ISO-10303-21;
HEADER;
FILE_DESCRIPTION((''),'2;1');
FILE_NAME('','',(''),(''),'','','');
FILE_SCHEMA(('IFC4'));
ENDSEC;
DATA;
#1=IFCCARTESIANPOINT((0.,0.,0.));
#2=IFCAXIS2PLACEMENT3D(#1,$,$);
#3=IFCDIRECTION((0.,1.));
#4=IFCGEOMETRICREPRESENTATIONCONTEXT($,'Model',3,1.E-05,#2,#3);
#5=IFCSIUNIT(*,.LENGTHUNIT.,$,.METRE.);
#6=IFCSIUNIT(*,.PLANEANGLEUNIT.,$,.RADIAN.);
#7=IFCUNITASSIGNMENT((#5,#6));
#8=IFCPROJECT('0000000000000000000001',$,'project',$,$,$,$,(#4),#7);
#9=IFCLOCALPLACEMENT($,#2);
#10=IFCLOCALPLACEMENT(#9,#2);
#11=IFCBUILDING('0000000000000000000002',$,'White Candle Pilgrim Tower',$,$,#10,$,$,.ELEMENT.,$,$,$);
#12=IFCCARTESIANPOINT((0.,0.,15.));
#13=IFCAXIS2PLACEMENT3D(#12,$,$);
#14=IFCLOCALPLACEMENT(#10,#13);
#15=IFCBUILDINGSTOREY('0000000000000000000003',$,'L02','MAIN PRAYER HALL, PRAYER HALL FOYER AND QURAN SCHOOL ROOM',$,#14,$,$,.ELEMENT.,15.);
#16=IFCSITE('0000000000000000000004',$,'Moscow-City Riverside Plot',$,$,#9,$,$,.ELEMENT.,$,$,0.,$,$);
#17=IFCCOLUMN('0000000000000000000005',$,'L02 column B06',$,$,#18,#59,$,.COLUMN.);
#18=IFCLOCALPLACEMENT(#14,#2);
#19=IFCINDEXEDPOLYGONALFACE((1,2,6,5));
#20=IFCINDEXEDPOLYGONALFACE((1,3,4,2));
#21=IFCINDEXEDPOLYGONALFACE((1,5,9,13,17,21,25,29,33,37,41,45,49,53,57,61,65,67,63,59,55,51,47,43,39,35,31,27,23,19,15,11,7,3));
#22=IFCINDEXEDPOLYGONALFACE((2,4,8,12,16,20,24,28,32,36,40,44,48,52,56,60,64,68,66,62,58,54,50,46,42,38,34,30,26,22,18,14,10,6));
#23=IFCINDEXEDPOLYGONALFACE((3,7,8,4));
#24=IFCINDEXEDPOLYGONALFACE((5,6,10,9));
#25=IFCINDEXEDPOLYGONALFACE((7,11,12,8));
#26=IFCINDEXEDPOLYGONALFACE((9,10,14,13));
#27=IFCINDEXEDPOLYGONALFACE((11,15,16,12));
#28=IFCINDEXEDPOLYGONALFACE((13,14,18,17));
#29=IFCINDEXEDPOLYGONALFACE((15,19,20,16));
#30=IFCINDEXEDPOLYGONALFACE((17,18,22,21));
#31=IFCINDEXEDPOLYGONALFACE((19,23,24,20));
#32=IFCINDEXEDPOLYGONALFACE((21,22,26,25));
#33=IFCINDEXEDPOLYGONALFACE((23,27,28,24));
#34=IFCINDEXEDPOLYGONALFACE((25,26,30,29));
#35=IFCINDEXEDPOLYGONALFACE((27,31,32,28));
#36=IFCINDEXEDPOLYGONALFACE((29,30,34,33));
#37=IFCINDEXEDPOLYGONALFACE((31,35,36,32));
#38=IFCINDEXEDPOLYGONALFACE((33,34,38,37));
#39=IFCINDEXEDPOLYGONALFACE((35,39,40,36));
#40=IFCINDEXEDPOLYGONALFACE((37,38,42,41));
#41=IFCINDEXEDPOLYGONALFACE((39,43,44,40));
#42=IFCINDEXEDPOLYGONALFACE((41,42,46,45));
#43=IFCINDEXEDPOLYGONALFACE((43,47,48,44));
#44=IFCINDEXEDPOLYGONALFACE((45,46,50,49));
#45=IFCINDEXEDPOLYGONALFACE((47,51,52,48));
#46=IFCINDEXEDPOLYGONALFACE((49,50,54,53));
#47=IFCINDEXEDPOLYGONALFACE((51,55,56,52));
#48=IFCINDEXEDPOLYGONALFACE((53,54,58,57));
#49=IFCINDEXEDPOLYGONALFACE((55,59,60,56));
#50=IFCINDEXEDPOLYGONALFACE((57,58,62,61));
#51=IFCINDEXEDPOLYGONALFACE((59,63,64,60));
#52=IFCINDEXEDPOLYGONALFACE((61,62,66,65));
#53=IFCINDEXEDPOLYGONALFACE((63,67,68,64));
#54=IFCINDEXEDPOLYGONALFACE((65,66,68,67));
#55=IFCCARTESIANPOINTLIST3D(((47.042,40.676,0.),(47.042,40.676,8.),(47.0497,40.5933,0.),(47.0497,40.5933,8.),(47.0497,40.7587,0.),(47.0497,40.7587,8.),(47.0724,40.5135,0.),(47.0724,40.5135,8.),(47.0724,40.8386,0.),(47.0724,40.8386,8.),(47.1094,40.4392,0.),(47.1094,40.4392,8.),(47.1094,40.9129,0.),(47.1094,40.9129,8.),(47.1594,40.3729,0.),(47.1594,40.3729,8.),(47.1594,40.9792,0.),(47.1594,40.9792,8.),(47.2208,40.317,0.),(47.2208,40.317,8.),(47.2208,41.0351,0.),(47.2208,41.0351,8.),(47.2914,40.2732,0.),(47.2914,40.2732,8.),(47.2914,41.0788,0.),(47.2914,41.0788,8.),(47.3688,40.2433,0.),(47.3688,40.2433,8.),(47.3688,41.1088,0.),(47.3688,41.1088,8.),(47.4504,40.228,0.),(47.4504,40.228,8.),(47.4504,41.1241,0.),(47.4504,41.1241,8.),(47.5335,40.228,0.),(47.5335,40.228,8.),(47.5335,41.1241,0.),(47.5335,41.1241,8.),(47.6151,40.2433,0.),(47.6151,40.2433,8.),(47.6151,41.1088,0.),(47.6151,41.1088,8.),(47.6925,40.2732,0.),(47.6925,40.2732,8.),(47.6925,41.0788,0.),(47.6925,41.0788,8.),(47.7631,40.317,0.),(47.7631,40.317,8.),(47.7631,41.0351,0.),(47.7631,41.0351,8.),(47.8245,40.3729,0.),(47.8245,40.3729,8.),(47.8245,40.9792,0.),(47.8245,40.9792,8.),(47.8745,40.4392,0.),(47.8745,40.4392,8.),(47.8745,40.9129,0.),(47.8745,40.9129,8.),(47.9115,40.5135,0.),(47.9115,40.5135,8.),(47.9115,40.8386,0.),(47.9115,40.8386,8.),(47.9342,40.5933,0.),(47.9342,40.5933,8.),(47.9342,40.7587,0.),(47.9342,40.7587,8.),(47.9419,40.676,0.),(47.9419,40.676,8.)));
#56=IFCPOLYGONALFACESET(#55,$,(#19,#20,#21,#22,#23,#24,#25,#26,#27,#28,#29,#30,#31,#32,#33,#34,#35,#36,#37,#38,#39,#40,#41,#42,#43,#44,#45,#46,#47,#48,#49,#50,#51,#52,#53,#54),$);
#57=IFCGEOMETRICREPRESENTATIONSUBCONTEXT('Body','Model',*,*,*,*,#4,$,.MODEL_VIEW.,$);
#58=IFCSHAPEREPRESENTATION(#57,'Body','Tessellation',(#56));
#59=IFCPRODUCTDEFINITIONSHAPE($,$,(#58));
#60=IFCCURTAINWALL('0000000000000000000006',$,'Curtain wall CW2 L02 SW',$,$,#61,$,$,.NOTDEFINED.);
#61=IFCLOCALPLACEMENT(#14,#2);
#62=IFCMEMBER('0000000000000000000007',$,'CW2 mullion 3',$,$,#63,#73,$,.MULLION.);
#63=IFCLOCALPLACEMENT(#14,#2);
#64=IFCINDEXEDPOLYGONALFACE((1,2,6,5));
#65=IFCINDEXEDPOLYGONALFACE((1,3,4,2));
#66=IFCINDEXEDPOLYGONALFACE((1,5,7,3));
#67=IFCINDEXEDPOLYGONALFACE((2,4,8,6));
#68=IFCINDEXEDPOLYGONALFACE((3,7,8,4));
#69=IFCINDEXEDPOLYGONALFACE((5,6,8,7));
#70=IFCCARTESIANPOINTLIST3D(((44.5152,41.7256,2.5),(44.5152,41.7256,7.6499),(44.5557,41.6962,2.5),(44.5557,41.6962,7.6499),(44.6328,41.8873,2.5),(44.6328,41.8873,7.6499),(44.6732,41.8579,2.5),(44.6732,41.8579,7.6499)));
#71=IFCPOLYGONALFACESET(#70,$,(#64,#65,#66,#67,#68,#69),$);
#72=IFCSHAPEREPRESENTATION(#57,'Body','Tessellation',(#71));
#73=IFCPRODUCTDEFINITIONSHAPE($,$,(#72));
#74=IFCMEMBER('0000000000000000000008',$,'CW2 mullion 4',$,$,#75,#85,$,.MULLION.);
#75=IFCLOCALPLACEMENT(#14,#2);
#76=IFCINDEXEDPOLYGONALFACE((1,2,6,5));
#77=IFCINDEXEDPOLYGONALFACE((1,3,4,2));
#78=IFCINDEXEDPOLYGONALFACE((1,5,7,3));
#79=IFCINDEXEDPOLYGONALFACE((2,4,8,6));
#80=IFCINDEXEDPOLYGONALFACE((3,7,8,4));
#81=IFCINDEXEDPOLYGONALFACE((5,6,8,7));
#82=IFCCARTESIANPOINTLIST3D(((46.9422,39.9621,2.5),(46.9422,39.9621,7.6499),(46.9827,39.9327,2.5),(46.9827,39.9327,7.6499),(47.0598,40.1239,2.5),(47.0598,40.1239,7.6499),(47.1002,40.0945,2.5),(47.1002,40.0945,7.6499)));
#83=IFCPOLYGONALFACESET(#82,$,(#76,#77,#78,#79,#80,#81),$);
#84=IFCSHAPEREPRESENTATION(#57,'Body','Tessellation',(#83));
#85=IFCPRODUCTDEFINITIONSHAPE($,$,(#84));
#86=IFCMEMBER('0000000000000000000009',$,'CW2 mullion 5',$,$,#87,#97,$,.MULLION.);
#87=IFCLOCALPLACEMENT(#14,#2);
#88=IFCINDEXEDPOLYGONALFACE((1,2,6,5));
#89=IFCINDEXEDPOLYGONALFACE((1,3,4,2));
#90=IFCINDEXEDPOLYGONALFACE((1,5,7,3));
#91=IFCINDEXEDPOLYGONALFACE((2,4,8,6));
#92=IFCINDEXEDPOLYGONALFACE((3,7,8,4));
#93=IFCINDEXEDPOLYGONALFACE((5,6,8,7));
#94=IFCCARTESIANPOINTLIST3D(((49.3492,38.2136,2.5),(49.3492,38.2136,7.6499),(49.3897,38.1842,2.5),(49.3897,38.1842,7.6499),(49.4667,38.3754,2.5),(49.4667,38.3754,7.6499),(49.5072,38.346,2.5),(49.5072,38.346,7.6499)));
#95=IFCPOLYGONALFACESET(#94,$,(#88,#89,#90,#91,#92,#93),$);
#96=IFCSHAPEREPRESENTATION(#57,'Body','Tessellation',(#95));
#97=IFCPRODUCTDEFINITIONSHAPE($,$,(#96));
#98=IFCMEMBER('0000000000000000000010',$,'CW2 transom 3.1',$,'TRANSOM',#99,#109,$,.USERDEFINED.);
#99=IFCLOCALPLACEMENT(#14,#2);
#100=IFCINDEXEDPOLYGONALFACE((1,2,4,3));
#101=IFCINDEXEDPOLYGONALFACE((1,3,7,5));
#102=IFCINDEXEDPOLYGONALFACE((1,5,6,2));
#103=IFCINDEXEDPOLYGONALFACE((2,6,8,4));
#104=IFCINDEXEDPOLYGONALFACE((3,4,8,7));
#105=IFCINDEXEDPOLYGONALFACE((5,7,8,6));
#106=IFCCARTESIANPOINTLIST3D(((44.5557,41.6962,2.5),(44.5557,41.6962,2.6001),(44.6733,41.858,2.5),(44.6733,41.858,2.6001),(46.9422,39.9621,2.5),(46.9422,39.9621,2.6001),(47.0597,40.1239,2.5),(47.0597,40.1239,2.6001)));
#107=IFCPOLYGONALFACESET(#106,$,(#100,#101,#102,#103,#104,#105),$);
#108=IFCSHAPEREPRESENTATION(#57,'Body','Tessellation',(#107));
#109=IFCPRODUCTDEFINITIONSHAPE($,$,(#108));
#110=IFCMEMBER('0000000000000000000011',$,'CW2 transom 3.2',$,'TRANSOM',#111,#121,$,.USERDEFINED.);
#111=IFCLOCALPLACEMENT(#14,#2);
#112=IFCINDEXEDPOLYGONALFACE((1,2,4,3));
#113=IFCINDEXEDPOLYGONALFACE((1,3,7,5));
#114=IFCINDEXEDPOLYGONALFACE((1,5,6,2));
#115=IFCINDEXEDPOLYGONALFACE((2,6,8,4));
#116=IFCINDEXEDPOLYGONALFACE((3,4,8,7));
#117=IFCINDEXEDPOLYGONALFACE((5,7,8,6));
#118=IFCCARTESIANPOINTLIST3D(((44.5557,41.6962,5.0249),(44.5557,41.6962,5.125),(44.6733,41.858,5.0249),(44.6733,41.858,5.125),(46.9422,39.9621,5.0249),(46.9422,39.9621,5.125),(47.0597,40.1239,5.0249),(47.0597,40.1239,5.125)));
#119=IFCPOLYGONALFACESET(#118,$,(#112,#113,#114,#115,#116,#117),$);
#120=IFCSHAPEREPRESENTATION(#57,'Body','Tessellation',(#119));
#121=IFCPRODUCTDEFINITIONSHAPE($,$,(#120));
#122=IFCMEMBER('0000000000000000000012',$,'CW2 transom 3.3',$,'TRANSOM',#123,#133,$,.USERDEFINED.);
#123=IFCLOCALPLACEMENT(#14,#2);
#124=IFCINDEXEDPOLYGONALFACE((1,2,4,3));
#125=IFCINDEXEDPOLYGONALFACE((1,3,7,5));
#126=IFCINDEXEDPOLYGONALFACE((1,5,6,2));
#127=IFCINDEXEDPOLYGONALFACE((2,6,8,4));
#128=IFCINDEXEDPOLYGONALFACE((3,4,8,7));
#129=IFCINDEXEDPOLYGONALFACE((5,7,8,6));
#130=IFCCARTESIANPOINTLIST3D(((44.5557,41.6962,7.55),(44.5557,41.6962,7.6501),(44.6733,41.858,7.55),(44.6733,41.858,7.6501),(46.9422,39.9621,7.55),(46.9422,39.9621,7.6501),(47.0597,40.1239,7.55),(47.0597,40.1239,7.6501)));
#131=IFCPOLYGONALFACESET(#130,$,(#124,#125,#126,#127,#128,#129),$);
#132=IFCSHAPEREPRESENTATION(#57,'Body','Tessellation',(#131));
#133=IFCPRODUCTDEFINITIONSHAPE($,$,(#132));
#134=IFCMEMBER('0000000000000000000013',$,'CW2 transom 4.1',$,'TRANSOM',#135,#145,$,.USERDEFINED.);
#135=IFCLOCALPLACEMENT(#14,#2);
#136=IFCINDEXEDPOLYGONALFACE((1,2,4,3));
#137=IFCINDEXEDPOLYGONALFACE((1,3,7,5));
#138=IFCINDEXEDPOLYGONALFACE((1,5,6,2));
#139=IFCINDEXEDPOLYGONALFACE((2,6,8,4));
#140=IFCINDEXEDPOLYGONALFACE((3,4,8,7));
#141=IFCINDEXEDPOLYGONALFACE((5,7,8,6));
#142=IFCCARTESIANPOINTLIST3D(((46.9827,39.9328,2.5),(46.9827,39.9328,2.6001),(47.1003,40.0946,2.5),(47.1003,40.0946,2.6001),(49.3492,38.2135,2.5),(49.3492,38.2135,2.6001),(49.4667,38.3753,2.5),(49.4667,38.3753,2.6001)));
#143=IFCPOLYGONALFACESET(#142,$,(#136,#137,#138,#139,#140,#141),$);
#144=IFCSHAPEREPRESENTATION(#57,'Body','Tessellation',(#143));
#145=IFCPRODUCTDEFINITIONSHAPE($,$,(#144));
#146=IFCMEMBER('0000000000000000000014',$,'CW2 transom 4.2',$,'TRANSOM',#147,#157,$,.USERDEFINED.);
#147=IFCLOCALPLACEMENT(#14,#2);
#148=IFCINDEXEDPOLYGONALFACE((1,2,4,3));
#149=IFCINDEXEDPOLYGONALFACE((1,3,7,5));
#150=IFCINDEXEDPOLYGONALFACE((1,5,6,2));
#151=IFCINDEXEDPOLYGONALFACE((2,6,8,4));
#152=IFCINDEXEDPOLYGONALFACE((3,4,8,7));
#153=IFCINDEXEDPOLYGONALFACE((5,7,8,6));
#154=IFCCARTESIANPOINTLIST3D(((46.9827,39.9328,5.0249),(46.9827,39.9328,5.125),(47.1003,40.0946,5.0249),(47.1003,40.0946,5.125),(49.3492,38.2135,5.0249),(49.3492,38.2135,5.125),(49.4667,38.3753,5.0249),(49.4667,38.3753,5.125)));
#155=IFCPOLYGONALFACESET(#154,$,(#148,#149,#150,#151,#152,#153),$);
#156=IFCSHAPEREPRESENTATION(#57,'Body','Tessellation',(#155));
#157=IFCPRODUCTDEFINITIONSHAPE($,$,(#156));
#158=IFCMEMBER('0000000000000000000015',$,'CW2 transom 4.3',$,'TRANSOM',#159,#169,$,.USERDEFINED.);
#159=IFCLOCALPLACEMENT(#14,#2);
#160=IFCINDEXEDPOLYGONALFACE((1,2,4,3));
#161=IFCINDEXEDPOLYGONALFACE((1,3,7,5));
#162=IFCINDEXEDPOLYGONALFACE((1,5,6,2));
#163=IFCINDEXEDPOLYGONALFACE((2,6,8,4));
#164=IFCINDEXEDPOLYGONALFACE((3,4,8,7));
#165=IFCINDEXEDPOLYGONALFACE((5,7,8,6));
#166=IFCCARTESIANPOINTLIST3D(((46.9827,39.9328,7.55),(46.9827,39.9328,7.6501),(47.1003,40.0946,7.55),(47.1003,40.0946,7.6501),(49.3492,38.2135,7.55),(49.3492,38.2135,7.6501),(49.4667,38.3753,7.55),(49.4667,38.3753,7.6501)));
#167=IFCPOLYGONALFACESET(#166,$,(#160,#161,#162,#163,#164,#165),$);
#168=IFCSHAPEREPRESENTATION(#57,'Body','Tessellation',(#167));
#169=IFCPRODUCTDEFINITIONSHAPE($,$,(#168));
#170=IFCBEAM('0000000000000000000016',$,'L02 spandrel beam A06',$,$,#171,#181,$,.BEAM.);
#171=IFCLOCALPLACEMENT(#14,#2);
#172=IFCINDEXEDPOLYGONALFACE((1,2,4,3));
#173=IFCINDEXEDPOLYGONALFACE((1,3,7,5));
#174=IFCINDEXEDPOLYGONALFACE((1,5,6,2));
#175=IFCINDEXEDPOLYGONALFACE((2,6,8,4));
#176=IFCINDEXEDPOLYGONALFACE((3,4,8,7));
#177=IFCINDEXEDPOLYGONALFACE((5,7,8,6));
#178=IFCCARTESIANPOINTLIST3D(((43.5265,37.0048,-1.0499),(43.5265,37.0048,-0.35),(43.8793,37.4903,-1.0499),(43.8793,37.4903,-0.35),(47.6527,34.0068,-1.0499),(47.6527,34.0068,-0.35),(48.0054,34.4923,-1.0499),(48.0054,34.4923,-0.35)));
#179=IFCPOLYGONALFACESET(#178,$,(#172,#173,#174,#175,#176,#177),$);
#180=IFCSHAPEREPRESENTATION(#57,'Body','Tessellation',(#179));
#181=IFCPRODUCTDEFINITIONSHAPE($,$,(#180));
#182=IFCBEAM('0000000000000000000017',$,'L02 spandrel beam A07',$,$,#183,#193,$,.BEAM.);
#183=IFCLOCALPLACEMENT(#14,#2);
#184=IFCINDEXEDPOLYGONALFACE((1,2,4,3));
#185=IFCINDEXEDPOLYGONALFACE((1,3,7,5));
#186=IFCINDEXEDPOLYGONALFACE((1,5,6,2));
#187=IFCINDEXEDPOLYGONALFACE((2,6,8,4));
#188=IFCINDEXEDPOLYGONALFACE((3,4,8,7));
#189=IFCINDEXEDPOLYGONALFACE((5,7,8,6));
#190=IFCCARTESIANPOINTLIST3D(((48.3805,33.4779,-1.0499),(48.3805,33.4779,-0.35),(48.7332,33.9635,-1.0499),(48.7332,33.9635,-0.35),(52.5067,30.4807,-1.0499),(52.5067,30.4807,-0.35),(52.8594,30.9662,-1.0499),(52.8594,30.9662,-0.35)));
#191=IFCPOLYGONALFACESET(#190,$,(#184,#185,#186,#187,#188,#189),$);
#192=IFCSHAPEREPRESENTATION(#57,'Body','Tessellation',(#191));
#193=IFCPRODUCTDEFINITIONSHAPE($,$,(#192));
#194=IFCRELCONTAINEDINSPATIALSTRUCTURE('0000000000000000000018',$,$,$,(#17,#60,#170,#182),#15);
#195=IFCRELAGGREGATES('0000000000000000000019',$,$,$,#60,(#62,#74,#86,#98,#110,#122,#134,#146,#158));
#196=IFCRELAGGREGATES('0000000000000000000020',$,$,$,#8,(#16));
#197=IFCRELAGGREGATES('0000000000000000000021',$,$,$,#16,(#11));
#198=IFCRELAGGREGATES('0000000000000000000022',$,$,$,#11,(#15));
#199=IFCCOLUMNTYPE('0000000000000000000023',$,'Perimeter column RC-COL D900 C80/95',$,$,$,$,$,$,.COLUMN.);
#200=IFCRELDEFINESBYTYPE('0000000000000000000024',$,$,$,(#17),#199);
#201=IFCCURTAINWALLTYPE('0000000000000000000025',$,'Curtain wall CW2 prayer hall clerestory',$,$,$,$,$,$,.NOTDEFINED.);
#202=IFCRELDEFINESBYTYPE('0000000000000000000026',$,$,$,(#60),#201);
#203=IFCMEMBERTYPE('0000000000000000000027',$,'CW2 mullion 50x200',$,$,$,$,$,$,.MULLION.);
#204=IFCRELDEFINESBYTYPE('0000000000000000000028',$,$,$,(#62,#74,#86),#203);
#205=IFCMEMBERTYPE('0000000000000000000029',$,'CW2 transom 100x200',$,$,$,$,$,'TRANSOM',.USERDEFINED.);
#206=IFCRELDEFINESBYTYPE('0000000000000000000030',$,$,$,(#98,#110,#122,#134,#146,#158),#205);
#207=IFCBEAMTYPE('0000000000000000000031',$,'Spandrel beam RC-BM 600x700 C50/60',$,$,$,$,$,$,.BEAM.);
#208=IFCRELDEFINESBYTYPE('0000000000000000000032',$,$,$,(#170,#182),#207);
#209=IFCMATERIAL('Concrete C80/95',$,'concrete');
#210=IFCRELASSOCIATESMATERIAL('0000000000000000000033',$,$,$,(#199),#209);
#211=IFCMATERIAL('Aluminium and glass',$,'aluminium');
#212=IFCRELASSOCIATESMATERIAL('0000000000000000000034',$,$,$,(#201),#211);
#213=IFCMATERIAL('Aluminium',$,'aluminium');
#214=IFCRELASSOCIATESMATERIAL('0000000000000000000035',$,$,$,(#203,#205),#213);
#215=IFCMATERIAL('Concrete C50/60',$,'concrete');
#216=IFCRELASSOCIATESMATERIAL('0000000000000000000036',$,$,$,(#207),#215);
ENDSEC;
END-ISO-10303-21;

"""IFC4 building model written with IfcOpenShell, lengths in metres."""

from ifc_helpers import new_model, si_unit, direction, frame, origin, origin_2d, place, context, subcontext, project, spatial, rectangle, circle, extrude, material, material_profile, profile_set, type_object, element, aggregate, save


model = new_model("IFC4")

# Units and contexts
model_context = context("Model", 3, precision=1e-05, world=origin(), true_north=direction((0.0, 1.0)))
body_context = subcontext(model_context, "Body", "Model", "MODEL_VIEW")
ifc_project = project(units=[si_unit("LENGTHUNIT", "METRE"), si_unit("PLANEANGLEUNIT", "RADIAN")], contexts=[model_context])

# Site, building, storey
site_placement = place(None, origin())
site = spatial("IfcSite", under=ifc_project, at=site_placement, Name="Moscow-City Riverside Plot", CompositionType="ELEMENT", RefElevation=0.0)
building_placement = place(site_placement, origin())
building = spatial("IfcBuilding", under=site, at=building_placement, Name="White Candle Pilgrim Tower", CompositionType="ELEMENT")
storey_placement = place(building_placement, frame((0.0, 0.0, 15.0)))
storey = spatial("IfcBuildingStorey", under=building, at=storey_placement, Name="L02", Description="MAIN PRAYER HALL, PRAYER HALL FOYER AND QURAN SCHOOL ROOM", CompositionType="ELEMENT", Elevation=15.0)

# Column
ifc_material_1 = material(Name="Concrete C80/95", Category="concrete")
ifc_material_profile_1 = material_profile(ifc_material_1, circle(Radius=0.45, at=origin_2d()), Name="RC-COL D900")
ifc_profile_set_1 = profile_set([ifc_material_profile_1], Name="Concrete C80/95")
column_type = type_object("IfcColumnType", Name="Perimeter column RC-COL D900 C80/95", PredefinedType="COLUMN", material=ifc_profile_set_1)
column_placement = place(storey_placement, frame((47.4919, 40.676, 0.0), z_axis=(0.0, 0.0, 1.0), x_axis=(1.0, 0.0, 0.0)))
element("IfcColumn", 1, at=column_placement, inside=storey, type_object=column_type, Name="L02 column B06", PredefinedType="COLUMN", context=body_context, shape_type="SweptSolid", body=[
    extrude(circle(Radius=0.45, at=origin_2d()), origin(), (0.0, 0.0, 1.0), 8.0),
])

# Curtain wall, members
ifc_material_2 = material(Name="Aluminium and glass", Category="aluminium")
curtain_wall_type = type_object("IfcCurtainWallType", Name="Curtain wall CW2 prayer hall clerestory", PredefinedType="NOTDEFINED", material=ifc_material_2)
curtain_wall_placement = place(storey_placement, origin())
curtain_wall = element("IfcCurtainWall", 2, at=curtain_wall_placement, inside=storey, type_object=curtain_wall_type, Name="Curtain wall CW2 L02 SW", PredefinedType="NOTDEFINED")
ifc_material_3 = material(Name="Aluminium", Category="aluminium")
ifc_material_profile_2 = material_profile(ifc_material_3, rectangle(XDim=0.2, YDim=0.05, at=origin_2d()), Name="CW2 mullion 50x200")
ifc_profile_set_2 = profile_set([ifc_material_profile_2], Name="Aluminium")
member_type_1 = type_object("IfcMemberType", Name="CW2 mullion 50x200", PredefinedType="MULLION", material=ifc_profile_set_2)
member_1_placement = place(storey_placement, frame((44.5942, 41.7917, 2.5), z_axis=(0.0, 0.0, 1.0), x_axis=(0.587785, 0.809017, 0.0)))
member_1 = element("IfcMember", 3, at=member_1_placement, type_object=member_type_1, Name="CW2 mullion 3", PredefinedType="MULLION", context=body_context, shape_type="SweptSolid", body=[
    extrude(rectangle(XDim=0.2, YDim=0.05, at=origin_2d()), origin(), (0.0, 0.0, 1.0), 5.1499),
])
member_2_placement = place(storey_placement, frame((47.0212, 40.0283, 2.5), z_axis=(0.0, 0.0, 1.0), x_axis=(0.587785, 0.809017, 0.0)))
member_2 = element("IfcMember", 4, at=member_2_placement, type_object=member_type_1, Name="CW2 mullion 4", PredefinedType="MULLION", context=body_context, shape_type="SweptSolid", body=[
    extrude(rectangle(XDim=0.2, YDim=0.05, at=origin_2d()), origin(), (0.0, 0.0, 1.0), 5.1499),
])
member_3_placement = place(storey_placement, frame((49.4282, 38.2798, 2.5), z_axis=(0.0, 0.0, 1.0), x_axis=(0.587785, 0.809017, 0.0)))
member_3 = element("IfcMember", 5, at=member_3_placement, type_object=member_type_1, Name="CW2 mullion 5", PredefinedType="MULLION", context=body_context, shape_type="SweptSolid", body=[
    extrude(rectangle(XDim=0.2, YDim=0.05, at=origin_2d()), origin(), (0.0, 0.0, 1.0), 5.1499),
])
ifc_material_profile_3 = material_profile(ifc_material_3, rectangle(XDim=0.2, YDim=0.1001, at=origin_2d()), Name="CW2 transom 100x200")
ifc_profile_set_3 = profile_set([ifc_material_profile_3], Name="Aluminium")
member_type_2 = type_object("IfcMemberType", Name="CW2 transom 100x200", ElementType="TRANSOM", PredefinedType="USERDEFINED", material=ifc_profile_set_3)
member_4_placement = place(storey_placement, frame((44.6145, 41.7771, 2.55), z_axis=(0.808976, -0.587842, 0.0), x_axis=(0.587842, 0.808976, 0.0)))
member_4 = element("IfcMember", 6, at=member_4_placement, type_object=member_type_2, Name="CW2 transom 3.1", ObjectType="TRANSOM", PredefinedType="USERDEFINED", context=body_context, shape_type="SweptSolid", body=[
    extrude(rectangle(XDim=0.2, YDim=0.1001, at=origin_2d()), origin(), (0.0, 0.0, 1.0), 2.95),
])
member_5_placement = place(storey_placement, frame((44.6145, 41.7771, 5.075), z_axis=(0.808976, -0.587842, 0.0), x_axis=(0.587842, 0.808976, 0.0)))
member_5 = element("IfcMember", 7, at=member_5_placement, type_object=member_type_2, Name="CW2 transom 3.2", ObjectType="TRANSOM", PredefinedType="USERDEFINED", context=body_context, shape_type="SweptSolid", body=[
    extrude(rectangle(XDim=0.2, YDim=0.1001, at=origin_2d()), origin(), (0.0, 0.0, 1.0), 2.95),
])
member_6_placement = place(storey_placement, frame((44.6145, 41.7771, 7.6001), z_axis=(0.808976, -0.587842, 0.0), x_axis=(0.587842, 0.808976, 0.0)))
member_6 = element("IfcMember", 8, at=member_6_placement, type_object=member_type_2, Name="CW2 transom 3.3", ObjectType="TRANSOM", PredefinedType="USERDEFINED", context=body_context, shape_type="SweptSolid", body=[
    extrude(rectangle(XDim=0.2, YDim=0.1001, at=origin_2d()), origin(), (0.0, 0.0, 1.0), 2.95),
])
member_7_placement = place(storey_placement, frame((47.0415, 40.0137, 2.55), z_axis=(0.809032, -0.587765, 0.0), x_axis=(0.587765, 0.809032, 0.0)))
member_7 = element("IfcMember", 9, at=member_7_placement, type_object=member_type_2, Name="CW2 transom 4.1", ObjectType="TRANSOM", PredefinedType="USERDEFINED", context=body_context, shape_type="SweptSolid", body=[
    extrude(rectangle(XDim=0.2, YDim=0.1001, at=origin_2d()), origin(), (0.0, 0.0, 1.0), 2.925),
])
member_8_placement = place(storey_placement, frame((47.0415, 40.0137, 5.075), z_axis=(0.809032, -0.587765, 0.0), x_axis=(0.587765, 0.809032, 0.0)))
member_8 = element("IfcMember", 10, at=member_8_placement, type_object=member_type_2, Name="CW2 transom 4.2", ObjectType="TRANSOM", PredefinedType="USERDEFINED", context=body_context, shape_type="SweptSolid", body=[
    extrude(rectangle(XDim=0.2, YDim=0.1001, at=origin_2d()), origin(), (0.0, 0.0, 1.0), 2.925),
])
member_9_placement = place(storey_placement, frame((47.0415, 40.0137, 7.6001), z_axis=(0.809032, -0.587765, 0.0), x_axis=(0.587765, 0.809032, 0.0)))
member_9 = element("IfcMember", 11, at=member_9_placement, type_object=member_type_2, Name="CW2 transom 4.3", ObjectType="TRANSOM", PredefinedType="USERDEFINED", context=body_context, shape_type="SweptSolid", body=[
    extrude(rectangle(XDim=0.2, YDim=0.1001, at=origin_2d()), origin(), (0.0, 0.0, 1.0), 2.925),
])

# Beams
ifc_material_4 = material(Name="Concrete C50/60", Category="concrete")
ifc_material_profile_4 = material_profile(ifc_material_4, rectangle(XDim=0.6001, YDim=0.7, at=origin_2d()), Name="RC-BM 600x700")
ifc_profile_set_4 = profile_set([ifc_material_profile_4], Name="Concrete C50/60")
beam_type = type_object("IfcBeamType", Name="Spandrel beam RC-BM 600x700 C50/60", PredefinedType="BEAM", material=ifc_profile_set_4)
beam_1_placement = place(storey_placement, frame((43.7029, 37.2476, -0.7), z_axis=(0.809001, -0.587807, 0.0), x_axis=(0.587807, 0.809001, 0.0)))
element("IfcBeam", 12, at=beam_1_placement, inside=storey, type_object=beam_type, Name="L02 spandrel beam A06", PredefinedType="BEAM", context=body_context, shape_type="SweptSolid", body=[
    extrude(rectangle(XDim=0.6001, YDim=0.7, at=origin_2d()), origin(), (0.0, 0.0, 1.0), 5.1003),
])
beam_2_placement = place(storey_placement, frame((48.5569, 33.7207, -0.7), z_axis=(0.809069, -0.587713, 0.0), x_axis=(0.587713, 0.809069, 0.0)))
element("IfcBeam", 13, at=beam_2_placement, inside=storey, type_object=beam_type, Name="L02 spandrel beam A07", PredefinedType="BEAM", context=body_context, shape_type="SweptSolid", body=[
    extrude(rectangle(XDim=0.6001, YDim=0.7, at=origin_2d()), origin(), (0.0, 0.0, 1.0), 5.0999),
])

aggregate(curtain_wall, [member_1, member_2, member_3, member_4, member_5, member_6, member_7, member_8, member_9])

save(model, "model.ifc")
